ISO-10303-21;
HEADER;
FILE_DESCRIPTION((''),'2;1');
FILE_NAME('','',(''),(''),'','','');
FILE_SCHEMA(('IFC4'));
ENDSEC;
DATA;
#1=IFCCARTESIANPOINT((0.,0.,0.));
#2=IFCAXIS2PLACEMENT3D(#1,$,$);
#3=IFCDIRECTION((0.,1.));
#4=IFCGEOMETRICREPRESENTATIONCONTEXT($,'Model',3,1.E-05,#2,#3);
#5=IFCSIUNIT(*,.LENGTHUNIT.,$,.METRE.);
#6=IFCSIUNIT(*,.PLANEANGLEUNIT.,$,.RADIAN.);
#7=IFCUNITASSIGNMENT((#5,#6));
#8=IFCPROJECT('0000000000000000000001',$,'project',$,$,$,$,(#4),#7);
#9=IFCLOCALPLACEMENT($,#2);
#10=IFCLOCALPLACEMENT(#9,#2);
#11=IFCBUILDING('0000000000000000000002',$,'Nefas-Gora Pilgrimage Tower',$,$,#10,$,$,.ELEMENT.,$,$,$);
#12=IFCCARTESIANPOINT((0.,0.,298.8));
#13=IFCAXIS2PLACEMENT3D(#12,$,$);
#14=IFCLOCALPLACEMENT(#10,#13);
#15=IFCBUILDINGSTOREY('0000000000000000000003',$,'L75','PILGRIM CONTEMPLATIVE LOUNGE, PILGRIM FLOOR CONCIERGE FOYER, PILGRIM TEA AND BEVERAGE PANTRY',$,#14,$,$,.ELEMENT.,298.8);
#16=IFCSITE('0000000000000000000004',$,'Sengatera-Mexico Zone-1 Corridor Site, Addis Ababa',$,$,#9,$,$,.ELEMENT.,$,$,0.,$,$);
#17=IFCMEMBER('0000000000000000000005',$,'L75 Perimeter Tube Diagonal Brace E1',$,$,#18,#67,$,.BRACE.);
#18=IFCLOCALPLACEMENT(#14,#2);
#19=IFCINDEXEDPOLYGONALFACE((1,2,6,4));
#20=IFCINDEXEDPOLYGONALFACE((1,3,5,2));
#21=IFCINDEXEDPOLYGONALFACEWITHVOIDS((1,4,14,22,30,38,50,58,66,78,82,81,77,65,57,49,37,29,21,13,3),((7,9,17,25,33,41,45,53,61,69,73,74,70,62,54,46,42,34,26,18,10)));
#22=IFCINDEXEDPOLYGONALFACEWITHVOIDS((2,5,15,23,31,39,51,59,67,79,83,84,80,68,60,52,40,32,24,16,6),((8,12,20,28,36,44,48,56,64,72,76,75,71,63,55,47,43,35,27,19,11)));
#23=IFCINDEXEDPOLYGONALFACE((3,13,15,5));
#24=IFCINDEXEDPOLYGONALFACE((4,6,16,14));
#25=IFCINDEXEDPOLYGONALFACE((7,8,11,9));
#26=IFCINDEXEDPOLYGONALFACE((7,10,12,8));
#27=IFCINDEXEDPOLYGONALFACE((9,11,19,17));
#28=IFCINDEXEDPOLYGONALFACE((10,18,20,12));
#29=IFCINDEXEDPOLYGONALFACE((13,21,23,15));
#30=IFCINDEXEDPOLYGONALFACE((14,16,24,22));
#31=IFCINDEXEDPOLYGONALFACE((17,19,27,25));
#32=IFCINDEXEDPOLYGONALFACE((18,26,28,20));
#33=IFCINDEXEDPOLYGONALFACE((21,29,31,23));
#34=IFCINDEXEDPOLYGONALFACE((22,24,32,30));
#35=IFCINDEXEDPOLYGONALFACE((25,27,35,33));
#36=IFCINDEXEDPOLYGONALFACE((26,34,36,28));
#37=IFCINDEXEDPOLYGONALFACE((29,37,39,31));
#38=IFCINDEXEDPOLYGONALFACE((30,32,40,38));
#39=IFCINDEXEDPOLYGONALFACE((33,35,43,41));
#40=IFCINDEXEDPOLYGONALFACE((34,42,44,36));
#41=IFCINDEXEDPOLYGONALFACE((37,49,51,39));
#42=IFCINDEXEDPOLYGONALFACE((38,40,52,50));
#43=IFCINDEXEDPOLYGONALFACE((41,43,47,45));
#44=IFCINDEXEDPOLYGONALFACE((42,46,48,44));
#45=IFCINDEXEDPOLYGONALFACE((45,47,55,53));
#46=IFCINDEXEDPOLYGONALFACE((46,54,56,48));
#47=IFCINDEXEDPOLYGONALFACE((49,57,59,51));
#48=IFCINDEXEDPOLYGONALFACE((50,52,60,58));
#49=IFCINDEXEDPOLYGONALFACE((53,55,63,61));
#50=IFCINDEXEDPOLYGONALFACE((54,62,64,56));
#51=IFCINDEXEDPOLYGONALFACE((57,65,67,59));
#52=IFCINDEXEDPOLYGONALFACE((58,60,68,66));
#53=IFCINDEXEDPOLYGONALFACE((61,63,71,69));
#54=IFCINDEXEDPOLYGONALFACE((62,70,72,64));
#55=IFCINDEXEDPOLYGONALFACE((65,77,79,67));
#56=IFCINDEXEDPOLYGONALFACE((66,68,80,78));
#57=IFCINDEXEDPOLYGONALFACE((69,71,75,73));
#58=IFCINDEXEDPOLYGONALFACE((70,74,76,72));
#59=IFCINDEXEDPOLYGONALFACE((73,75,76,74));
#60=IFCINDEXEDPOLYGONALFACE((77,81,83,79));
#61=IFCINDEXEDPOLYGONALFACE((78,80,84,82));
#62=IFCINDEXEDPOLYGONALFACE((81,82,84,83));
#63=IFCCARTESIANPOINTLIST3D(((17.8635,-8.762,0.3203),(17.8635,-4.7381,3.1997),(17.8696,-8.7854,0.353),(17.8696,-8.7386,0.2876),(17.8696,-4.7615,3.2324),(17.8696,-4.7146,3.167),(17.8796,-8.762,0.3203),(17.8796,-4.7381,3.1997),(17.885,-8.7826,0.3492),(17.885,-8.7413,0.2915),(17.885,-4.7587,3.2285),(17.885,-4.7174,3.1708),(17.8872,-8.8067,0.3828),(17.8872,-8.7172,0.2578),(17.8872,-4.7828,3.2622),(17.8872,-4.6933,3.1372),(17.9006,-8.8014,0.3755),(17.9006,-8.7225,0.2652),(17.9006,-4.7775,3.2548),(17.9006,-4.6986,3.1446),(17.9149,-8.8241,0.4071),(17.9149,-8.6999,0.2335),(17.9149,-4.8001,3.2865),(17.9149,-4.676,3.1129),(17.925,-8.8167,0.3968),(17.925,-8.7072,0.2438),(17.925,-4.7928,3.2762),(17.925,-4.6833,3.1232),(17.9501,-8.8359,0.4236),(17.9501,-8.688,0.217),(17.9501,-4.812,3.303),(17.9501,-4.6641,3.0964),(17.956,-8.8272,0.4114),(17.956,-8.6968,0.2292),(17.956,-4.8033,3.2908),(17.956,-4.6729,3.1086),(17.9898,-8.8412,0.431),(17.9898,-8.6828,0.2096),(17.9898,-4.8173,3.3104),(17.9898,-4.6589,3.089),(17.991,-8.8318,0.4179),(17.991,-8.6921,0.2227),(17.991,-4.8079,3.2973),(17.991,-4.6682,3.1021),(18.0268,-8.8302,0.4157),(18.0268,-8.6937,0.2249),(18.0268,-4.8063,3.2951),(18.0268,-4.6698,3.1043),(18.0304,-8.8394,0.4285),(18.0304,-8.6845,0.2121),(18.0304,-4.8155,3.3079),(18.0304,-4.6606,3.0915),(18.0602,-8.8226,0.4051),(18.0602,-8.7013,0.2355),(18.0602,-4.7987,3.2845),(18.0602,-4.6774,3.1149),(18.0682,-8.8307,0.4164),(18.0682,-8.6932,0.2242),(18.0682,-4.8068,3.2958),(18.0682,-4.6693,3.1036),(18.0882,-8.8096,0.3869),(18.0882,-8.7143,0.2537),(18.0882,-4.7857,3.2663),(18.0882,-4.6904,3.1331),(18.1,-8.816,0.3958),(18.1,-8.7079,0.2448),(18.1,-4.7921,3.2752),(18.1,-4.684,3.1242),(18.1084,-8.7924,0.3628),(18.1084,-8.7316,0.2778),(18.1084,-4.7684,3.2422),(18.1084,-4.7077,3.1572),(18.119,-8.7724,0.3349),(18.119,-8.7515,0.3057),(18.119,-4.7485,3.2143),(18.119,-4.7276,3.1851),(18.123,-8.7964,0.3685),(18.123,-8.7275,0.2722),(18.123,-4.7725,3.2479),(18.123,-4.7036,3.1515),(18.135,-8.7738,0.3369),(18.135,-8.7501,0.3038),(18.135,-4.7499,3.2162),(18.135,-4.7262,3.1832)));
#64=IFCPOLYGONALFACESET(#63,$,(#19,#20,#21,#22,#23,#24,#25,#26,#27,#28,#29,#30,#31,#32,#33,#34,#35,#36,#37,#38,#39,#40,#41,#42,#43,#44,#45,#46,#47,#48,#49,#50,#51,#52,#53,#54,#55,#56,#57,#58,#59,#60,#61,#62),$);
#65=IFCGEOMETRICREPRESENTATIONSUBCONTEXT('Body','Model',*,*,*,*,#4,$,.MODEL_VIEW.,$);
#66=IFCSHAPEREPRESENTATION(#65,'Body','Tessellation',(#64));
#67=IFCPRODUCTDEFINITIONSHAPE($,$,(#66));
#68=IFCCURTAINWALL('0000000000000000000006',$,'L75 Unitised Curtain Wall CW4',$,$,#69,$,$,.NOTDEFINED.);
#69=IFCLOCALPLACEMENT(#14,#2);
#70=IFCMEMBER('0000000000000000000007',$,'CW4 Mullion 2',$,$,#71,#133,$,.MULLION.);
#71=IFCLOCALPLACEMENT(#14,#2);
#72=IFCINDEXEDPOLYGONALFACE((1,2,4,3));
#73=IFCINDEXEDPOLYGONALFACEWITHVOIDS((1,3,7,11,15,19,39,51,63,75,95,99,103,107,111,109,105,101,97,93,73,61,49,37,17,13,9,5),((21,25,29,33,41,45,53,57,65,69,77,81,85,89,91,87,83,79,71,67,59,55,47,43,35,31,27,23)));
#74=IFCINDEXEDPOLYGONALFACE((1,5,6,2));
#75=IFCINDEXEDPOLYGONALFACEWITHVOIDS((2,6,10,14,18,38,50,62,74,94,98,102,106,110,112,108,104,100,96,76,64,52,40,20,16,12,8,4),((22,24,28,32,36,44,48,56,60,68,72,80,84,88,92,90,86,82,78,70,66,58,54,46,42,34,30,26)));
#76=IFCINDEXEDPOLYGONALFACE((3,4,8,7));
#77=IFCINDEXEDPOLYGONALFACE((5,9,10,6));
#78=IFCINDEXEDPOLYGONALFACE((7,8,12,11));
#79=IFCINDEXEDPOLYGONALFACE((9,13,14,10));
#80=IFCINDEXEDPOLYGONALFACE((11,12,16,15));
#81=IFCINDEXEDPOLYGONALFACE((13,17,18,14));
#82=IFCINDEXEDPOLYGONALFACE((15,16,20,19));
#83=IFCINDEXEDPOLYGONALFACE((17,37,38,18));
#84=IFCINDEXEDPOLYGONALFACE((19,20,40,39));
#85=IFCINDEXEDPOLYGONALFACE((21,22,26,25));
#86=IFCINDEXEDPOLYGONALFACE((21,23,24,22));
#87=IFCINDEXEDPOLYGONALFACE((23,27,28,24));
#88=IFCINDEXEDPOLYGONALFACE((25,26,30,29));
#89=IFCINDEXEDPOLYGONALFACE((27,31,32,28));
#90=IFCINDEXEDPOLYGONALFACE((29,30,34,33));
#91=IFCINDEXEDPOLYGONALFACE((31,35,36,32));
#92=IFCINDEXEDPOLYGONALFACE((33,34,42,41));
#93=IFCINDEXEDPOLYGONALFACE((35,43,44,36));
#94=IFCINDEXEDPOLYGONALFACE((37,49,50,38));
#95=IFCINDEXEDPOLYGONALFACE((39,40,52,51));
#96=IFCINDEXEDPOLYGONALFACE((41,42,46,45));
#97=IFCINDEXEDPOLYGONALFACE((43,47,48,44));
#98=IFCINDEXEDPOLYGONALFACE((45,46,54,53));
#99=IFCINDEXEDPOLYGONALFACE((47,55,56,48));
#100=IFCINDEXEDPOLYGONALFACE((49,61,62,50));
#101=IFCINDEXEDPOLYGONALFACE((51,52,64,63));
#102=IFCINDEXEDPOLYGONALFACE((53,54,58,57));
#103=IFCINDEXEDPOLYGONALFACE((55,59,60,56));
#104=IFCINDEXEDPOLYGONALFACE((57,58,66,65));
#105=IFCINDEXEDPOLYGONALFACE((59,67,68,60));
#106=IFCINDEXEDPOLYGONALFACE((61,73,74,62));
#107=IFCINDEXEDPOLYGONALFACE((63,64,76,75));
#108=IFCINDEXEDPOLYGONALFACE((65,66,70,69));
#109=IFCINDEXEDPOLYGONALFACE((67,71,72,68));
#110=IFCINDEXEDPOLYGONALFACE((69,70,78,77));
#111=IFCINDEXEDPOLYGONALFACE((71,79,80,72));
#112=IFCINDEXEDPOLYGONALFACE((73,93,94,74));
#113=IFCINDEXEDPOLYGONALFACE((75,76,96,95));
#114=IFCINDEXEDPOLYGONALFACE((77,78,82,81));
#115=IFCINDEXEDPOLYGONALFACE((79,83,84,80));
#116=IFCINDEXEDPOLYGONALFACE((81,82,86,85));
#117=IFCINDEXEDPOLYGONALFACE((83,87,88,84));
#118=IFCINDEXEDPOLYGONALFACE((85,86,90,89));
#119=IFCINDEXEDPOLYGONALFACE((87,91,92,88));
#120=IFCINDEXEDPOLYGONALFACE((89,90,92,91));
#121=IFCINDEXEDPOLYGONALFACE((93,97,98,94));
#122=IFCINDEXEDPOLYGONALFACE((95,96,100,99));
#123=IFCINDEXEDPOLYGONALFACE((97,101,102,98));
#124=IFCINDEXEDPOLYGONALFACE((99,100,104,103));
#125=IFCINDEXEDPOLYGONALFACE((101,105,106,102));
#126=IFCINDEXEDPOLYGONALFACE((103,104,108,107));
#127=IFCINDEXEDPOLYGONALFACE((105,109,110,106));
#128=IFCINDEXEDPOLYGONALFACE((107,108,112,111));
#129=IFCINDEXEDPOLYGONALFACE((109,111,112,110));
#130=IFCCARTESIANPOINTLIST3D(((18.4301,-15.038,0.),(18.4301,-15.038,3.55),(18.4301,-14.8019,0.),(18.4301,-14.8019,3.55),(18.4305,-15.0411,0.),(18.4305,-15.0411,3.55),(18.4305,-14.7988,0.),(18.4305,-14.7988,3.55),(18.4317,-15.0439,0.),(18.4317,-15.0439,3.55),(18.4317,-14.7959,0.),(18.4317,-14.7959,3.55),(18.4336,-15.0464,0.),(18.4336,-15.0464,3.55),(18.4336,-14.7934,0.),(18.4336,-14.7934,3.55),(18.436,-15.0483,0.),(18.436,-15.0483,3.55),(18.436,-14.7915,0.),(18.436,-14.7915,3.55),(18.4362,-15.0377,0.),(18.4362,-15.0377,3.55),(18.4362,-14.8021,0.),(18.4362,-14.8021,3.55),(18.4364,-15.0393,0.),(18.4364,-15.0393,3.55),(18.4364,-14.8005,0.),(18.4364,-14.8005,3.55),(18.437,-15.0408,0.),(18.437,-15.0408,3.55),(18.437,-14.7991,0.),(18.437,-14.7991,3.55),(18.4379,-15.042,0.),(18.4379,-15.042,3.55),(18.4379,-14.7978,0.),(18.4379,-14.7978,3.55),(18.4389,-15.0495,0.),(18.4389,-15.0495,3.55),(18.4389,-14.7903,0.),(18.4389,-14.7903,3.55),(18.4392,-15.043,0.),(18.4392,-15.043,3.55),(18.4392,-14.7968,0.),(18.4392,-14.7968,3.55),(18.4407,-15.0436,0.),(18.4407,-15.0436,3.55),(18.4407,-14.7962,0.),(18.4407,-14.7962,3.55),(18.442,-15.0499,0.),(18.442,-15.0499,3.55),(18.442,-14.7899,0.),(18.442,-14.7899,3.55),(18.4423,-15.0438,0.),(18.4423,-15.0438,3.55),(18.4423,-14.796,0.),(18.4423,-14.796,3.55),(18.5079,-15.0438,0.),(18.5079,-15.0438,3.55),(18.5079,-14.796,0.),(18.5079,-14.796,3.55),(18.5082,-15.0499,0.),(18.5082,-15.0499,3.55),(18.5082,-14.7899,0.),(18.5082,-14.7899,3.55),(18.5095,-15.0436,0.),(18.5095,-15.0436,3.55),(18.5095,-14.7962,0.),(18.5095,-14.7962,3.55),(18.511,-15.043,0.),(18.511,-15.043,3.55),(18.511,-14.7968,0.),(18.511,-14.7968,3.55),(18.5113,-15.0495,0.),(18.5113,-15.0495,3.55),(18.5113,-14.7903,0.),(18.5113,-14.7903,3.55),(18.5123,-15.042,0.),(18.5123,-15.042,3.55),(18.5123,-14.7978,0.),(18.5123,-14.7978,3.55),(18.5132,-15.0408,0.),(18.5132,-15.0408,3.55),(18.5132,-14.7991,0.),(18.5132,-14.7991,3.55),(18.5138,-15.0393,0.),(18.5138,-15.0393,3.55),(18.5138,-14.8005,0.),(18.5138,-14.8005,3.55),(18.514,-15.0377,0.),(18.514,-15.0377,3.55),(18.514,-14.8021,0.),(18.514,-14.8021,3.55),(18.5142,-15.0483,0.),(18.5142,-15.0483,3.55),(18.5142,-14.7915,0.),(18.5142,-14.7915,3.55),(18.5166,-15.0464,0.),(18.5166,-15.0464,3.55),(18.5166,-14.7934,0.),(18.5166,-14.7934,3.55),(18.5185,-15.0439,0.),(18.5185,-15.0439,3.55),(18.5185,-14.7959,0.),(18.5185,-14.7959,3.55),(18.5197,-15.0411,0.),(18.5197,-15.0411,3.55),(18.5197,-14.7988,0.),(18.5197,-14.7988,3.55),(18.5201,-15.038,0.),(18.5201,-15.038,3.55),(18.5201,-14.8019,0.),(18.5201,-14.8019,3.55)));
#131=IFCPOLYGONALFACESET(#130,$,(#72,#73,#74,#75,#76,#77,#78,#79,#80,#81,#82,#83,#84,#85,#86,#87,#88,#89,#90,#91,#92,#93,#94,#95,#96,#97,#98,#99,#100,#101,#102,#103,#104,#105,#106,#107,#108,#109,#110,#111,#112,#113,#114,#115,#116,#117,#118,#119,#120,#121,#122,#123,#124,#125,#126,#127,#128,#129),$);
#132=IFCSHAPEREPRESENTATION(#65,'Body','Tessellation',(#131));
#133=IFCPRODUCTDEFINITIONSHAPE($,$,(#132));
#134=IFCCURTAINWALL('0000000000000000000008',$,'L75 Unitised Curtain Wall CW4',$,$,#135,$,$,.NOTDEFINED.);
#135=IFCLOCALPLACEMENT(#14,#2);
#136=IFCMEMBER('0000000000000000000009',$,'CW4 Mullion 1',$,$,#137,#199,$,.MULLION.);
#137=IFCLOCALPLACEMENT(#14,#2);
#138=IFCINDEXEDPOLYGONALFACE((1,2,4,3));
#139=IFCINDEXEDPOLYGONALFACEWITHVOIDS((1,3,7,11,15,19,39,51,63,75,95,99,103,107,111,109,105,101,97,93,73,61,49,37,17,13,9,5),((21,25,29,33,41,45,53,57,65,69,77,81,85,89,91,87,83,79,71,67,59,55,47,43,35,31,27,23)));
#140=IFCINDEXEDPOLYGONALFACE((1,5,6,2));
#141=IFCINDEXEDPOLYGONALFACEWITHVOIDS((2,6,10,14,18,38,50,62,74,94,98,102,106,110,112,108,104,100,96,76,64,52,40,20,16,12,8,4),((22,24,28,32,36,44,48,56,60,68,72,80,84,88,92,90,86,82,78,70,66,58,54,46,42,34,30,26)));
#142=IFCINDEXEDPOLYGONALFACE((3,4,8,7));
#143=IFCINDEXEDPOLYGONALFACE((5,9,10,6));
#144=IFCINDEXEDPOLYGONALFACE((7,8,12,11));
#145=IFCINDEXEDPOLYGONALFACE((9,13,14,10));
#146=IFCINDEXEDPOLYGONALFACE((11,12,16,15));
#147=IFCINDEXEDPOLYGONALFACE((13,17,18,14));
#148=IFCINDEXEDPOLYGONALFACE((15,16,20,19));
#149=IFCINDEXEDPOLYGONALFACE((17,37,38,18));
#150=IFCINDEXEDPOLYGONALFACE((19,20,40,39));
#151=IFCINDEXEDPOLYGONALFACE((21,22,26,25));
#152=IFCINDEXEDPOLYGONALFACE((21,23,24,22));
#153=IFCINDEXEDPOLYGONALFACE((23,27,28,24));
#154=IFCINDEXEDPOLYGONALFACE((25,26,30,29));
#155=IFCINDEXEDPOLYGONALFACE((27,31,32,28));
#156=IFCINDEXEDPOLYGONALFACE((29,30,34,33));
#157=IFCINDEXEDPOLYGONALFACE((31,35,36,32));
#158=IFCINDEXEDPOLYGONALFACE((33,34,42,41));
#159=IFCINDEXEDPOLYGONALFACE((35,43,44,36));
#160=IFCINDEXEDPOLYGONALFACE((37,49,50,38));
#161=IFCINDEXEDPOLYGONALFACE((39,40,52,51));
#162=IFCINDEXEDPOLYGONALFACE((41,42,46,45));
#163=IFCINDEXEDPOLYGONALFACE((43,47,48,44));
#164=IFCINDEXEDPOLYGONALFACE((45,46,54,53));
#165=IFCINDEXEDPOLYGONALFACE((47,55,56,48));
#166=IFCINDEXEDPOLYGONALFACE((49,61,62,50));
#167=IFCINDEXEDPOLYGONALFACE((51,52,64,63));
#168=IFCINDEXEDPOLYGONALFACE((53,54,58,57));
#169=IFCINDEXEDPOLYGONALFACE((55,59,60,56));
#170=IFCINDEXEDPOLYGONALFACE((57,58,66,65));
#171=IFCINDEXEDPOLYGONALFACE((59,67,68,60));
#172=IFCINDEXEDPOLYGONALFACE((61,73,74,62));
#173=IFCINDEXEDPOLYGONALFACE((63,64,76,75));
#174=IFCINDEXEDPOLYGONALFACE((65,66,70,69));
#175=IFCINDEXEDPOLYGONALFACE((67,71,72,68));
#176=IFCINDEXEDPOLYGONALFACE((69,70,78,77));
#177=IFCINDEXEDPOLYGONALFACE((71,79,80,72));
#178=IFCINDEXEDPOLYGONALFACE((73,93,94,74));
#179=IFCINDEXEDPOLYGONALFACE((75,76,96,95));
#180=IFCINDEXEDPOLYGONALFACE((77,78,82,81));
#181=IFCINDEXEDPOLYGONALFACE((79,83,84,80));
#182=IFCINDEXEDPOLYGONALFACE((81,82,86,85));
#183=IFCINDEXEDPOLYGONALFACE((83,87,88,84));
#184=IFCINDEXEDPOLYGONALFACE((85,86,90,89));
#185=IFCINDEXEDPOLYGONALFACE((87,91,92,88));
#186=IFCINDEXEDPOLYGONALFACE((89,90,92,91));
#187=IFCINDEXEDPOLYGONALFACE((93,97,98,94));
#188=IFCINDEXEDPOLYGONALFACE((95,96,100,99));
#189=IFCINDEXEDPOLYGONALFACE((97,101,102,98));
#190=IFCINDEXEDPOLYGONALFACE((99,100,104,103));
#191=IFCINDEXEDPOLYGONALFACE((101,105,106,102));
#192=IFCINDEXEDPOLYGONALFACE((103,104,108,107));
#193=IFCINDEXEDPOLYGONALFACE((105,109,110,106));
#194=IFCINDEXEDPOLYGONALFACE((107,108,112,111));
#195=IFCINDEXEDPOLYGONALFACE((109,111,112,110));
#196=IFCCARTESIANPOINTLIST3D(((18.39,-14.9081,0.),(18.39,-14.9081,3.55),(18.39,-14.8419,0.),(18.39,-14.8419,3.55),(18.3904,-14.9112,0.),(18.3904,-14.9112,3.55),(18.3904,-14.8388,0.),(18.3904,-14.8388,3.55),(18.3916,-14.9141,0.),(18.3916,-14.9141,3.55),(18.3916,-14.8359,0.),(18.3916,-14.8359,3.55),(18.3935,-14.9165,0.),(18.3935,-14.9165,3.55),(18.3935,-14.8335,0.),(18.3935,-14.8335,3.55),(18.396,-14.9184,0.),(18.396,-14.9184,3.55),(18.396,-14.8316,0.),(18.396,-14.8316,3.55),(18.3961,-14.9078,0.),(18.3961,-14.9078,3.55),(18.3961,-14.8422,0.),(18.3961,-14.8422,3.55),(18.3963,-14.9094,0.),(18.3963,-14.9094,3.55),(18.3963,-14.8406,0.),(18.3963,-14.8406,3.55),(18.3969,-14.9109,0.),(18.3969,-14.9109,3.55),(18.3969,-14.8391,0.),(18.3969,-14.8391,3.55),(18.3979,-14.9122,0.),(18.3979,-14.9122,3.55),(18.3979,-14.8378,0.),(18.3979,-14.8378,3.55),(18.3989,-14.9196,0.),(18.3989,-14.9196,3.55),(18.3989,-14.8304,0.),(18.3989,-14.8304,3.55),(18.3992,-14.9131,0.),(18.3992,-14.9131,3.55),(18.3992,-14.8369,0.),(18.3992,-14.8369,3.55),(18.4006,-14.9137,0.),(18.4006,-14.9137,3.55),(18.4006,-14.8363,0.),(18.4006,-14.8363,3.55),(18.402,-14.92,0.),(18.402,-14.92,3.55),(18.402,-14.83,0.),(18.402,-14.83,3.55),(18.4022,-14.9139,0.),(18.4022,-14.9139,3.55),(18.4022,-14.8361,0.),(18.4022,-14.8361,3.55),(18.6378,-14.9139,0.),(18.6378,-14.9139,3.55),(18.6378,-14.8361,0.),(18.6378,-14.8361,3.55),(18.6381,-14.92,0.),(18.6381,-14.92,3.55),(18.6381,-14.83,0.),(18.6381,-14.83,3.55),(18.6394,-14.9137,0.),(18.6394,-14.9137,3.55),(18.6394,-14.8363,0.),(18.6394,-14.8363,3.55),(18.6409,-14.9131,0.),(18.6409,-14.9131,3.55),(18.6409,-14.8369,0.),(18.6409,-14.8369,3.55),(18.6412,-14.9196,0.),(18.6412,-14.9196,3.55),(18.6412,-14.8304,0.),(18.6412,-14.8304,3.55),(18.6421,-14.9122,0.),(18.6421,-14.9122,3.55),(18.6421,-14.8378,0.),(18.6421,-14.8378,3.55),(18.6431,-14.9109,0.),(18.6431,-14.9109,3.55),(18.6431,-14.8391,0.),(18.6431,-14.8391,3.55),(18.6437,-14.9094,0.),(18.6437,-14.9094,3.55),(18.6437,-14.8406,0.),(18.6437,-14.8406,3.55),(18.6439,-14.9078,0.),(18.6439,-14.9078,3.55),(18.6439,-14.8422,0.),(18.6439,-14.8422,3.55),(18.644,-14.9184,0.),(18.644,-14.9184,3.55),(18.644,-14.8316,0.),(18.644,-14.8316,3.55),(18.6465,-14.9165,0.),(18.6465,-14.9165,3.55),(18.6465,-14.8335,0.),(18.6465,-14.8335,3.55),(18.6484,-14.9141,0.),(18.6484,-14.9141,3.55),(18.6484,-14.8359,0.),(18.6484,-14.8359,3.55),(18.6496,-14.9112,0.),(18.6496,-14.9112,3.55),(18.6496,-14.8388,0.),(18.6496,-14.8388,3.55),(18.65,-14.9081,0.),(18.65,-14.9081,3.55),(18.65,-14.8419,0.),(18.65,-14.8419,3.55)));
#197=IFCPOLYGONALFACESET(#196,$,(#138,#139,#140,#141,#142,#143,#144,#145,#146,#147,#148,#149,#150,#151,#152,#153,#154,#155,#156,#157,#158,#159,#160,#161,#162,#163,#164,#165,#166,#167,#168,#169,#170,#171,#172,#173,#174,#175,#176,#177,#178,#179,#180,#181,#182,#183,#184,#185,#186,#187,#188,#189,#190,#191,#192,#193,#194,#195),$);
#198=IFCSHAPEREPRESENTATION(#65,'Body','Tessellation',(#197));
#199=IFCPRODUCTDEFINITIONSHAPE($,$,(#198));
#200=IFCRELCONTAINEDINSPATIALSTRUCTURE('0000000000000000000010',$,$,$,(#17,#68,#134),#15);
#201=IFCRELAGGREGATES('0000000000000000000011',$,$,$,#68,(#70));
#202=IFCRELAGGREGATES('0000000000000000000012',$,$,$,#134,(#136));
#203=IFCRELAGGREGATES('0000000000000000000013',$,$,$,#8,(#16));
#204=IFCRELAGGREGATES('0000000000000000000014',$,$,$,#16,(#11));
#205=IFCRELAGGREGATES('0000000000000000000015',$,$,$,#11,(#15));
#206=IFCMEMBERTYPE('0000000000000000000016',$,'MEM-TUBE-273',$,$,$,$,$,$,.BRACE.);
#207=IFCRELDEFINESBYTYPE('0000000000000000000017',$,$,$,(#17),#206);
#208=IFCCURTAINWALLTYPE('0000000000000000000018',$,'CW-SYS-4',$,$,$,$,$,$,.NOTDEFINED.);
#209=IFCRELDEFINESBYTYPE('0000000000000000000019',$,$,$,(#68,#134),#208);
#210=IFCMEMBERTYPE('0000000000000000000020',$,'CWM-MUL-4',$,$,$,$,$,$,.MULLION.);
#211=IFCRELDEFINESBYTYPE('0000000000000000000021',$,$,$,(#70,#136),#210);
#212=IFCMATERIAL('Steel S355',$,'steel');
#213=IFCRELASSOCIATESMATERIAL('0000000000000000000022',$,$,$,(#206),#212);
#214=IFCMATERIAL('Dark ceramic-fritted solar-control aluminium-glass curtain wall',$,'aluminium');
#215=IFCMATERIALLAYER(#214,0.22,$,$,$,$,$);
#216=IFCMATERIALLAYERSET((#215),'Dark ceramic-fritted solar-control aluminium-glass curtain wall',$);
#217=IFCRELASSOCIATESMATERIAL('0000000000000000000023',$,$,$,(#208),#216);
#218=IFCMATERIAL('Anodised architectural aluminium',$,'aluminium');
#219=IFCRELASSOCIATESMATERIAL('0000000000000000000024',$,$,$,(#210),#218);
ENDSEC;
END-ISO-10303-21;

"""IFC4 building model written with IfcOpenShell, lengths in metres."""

from ifc_helpers import new_model, si_unit, direction, frame, origin, origin_2d, place, context, subcontext, project, spatial, hollow_rectangle, hollow_circle, extrude, source, transform, mapped, material, layer, layer_set, material_profile, profile_set, type_object, element, aggregate, save


model = new_model("IFC4")

# Units and contexts
model_context = context("Model", 3, precision=1e-05, world=origin(), true_north=direction((0.0, 1.0)))
body_context = subcontext(model_context, "Body", "Model", "MODEL_VIEW")
ifc_project = project(units=[si_unit("LENGTHUNIT", "METRE"), si_unit("PLANEANGLEUNIT", "RADIAN")], contexts=[model_context])

# Site, building, storey
site_placement = place(None, origin())
site = spatial("IfcSite", under=ifc_project, at=site_placement, Name="Sengatera-Mexico Zone-1 Corridor Site, Addis Ababa", CompositionType="ELEMENT", RefElevation=0.0)
building_placement = place(site_placement, origin())
building = spatial("IfcBuilding", under=site, at=building_placement, Name="Nefas-Gora Pilgrimage Tower", CompositionType="ELEMENT")
storey_placement = place(building_placement, frame((0.0, 0.0, 298.8)))
storey = spatial("IfcBuildingStorey", under=building, at=storey_placement, Name="L75", Description="PILGRIM CONTEMPLATIVE LOUNGE, PILGRIM FLOOR CONCIERGE FOYER, PILGRIM TEA AND BEVERAGE PANTRY", CompositionType="ELEMENT", Elevation=298.8)

# Shared definitions
ifc_material_1 = material(Name="Steel S355", Category="steel")

# Member
ifc_material_profile_1 = material_profile(ifc_material_1, hollow_circle(Radius=0.1365, WallThickness=0.0161, at=origin_2d()), Name="CHS 273x16")
ifc_profile_set_1 = profile_set([ifc_material_profile_1], Name="Steel S355")
member_type_1 = type_object("IfcMemberType", Name="MEM-TUBE-273", PredefinedType="BRACE", material=ifc_profile_set_1)
shared_shape_1 = source(origin(), body_context, "Body", "SweptSolid", [
    extrude(hollow_circle(Radius=0.1365, WallThickness=0.0161, at=origin_2d()), origin(), (0.0, 0.0, 1.0), 4.948),
])
member_1_placement = place(storey_placement, frame((18.0, -8.762, 0.3203), z_axis=(0.0, 0.81324, 0.581929), x_axis=(-1.0, 0.0, 0.0)))
element("IfcMember", 1, at=member_1_placement, inside=storey, type_object=member_type_1, Name="L75 Perimeter Tube Diagonal Brace E1", PredefinedType="BRACE", context=body_context, shape_type="MappedRepresentation", body=[
    mapped(shared_shape_1, transform((0.0, 0.0, 0.0), x_axis=(1.0, 0.0, 0.0), y_axis=(0.0, 1.0, 0.0), z_axis=(0.0, 0.0, 1.0), scale=1.0)),
])

# Curtain wall, member
ifc_material_2 = material(Name="Dark ceramic-fritted solar-control aluminium-glass curtain wall", Category="aluminium")
ifc_layer_1 = layer(ifc_material_2, 0.22)
ifc_layer_set_1 = layer_set([ifc_layer_1], Name="Dark ceramic-fritted solar-control aluminium-glass curtain wall")
curtain_wall_type = type_object("IfcCurtainWallType", Name="CW-SYS-4", PredefinedType="NOTDEFINED", material=ifc_layer_set_1)
curtain_wall_1_placement = place(storey_placement, origin())
curtain_wall_1 = element("IfcCurtainWall", 2, at=curtain_wall_1_placement, inside=storey, type_object=curtain_wall_type, Name="L75 Unitised Curtain Wall CW4", PredefinedType="NOTDEFINED")
ifc_material_3 = material(Name="Anodised architectural aluminium", Category="aluminium")
ifc_material_profile_2 = material_profile(ifc_material_3, hollow_rectangle(XDim=0.0901, YDim=0.26, WallThickness=0.0061, InnerFilletRadius=0.0061, OuterFilletRadius=0.012, at=origin_2d()), Name="ALU MULLION 90x260")
ifc_profile_set_2 = profile_set([ifc_material_profile_2], Name="Anodised architectural aluminium")
member_type_2 = type_object("IfcMemberType", Name="CWM-MUL-4", PredefinedType="MULLION", material=ifc_profile_set_2)
shared_shape_2 = source(origin(), body_context, "Body", "SweptSolid", [
    extrude(hollow_rectangle(XDim=0.0901, YDim=0.26, WallThickness=0.0061, InnerFilletRadius=0.0061, OuterFilletRadius=0.012, at=origin_2d()), origin(), (0.0, 0.0, 1.0), 3.55),
])
member_2_placement = place(storey_placement, frame((18.4751, -14.9199, 0.0), z_axis=(0.0, 0.0, 1.0), x_axis=(1.0, 0.0, 0.0)))
member_2 = element("IfcMember", 3, at=member_2_placement, type_object=member_type_2, Name="CW4 Mullion 2", PredefinedType="MULLION", context=body_context, shape_type="MappedRepresentation", body=[
    mapped(shared_shape_2, transform((0.0, 0.0, 0.0), x_axis=(1.0, 0.0, 0.0), y_axis=(0.0, 1.0, 0.0), z_axis=(0.0, 0.0, 1.0), scale=1.0)),
])

# Curtain wall, member
curtain_wall_2_placement = place(storey_placement, origin())
curtain_wall_2 = element("IfcCurtainWall", 4, at=curtain_wall_2_placement, inside=storey, type_object=curtain_wall_type, Name="L75 Unitised Curtain Wall CW4", PredefinedType="NOTDEFINED")
member_3_placement = place(storey_placement, frame((18.52, -14.875, 0.0), z_axis=(0.0, 0.0, 1.0), x_axis=(0.0, 1.0, 0.0)))
member_3 = element("IfcMember", 5, at=member_3_placement, type_object=member_type_2, Name="CW4 Mullion 1", PredefinedType="MULLION", context=body_context, shape_type="MappedRepresentation", body=[
    mapped(shared_shape_2, transform((0.0, 0.0, 0.0), x_axis=(1.0, 0.0, 0.0), y_axis=(0.0, 1.0, 0.0), z_axis=(0.0, 0.0, 1.0), scale=1.0)),
])

aggregate(curtain_wall_1, [member_2])
aggregate(curtain_wall_2, [member_3])

save(model, "model.ifc")
